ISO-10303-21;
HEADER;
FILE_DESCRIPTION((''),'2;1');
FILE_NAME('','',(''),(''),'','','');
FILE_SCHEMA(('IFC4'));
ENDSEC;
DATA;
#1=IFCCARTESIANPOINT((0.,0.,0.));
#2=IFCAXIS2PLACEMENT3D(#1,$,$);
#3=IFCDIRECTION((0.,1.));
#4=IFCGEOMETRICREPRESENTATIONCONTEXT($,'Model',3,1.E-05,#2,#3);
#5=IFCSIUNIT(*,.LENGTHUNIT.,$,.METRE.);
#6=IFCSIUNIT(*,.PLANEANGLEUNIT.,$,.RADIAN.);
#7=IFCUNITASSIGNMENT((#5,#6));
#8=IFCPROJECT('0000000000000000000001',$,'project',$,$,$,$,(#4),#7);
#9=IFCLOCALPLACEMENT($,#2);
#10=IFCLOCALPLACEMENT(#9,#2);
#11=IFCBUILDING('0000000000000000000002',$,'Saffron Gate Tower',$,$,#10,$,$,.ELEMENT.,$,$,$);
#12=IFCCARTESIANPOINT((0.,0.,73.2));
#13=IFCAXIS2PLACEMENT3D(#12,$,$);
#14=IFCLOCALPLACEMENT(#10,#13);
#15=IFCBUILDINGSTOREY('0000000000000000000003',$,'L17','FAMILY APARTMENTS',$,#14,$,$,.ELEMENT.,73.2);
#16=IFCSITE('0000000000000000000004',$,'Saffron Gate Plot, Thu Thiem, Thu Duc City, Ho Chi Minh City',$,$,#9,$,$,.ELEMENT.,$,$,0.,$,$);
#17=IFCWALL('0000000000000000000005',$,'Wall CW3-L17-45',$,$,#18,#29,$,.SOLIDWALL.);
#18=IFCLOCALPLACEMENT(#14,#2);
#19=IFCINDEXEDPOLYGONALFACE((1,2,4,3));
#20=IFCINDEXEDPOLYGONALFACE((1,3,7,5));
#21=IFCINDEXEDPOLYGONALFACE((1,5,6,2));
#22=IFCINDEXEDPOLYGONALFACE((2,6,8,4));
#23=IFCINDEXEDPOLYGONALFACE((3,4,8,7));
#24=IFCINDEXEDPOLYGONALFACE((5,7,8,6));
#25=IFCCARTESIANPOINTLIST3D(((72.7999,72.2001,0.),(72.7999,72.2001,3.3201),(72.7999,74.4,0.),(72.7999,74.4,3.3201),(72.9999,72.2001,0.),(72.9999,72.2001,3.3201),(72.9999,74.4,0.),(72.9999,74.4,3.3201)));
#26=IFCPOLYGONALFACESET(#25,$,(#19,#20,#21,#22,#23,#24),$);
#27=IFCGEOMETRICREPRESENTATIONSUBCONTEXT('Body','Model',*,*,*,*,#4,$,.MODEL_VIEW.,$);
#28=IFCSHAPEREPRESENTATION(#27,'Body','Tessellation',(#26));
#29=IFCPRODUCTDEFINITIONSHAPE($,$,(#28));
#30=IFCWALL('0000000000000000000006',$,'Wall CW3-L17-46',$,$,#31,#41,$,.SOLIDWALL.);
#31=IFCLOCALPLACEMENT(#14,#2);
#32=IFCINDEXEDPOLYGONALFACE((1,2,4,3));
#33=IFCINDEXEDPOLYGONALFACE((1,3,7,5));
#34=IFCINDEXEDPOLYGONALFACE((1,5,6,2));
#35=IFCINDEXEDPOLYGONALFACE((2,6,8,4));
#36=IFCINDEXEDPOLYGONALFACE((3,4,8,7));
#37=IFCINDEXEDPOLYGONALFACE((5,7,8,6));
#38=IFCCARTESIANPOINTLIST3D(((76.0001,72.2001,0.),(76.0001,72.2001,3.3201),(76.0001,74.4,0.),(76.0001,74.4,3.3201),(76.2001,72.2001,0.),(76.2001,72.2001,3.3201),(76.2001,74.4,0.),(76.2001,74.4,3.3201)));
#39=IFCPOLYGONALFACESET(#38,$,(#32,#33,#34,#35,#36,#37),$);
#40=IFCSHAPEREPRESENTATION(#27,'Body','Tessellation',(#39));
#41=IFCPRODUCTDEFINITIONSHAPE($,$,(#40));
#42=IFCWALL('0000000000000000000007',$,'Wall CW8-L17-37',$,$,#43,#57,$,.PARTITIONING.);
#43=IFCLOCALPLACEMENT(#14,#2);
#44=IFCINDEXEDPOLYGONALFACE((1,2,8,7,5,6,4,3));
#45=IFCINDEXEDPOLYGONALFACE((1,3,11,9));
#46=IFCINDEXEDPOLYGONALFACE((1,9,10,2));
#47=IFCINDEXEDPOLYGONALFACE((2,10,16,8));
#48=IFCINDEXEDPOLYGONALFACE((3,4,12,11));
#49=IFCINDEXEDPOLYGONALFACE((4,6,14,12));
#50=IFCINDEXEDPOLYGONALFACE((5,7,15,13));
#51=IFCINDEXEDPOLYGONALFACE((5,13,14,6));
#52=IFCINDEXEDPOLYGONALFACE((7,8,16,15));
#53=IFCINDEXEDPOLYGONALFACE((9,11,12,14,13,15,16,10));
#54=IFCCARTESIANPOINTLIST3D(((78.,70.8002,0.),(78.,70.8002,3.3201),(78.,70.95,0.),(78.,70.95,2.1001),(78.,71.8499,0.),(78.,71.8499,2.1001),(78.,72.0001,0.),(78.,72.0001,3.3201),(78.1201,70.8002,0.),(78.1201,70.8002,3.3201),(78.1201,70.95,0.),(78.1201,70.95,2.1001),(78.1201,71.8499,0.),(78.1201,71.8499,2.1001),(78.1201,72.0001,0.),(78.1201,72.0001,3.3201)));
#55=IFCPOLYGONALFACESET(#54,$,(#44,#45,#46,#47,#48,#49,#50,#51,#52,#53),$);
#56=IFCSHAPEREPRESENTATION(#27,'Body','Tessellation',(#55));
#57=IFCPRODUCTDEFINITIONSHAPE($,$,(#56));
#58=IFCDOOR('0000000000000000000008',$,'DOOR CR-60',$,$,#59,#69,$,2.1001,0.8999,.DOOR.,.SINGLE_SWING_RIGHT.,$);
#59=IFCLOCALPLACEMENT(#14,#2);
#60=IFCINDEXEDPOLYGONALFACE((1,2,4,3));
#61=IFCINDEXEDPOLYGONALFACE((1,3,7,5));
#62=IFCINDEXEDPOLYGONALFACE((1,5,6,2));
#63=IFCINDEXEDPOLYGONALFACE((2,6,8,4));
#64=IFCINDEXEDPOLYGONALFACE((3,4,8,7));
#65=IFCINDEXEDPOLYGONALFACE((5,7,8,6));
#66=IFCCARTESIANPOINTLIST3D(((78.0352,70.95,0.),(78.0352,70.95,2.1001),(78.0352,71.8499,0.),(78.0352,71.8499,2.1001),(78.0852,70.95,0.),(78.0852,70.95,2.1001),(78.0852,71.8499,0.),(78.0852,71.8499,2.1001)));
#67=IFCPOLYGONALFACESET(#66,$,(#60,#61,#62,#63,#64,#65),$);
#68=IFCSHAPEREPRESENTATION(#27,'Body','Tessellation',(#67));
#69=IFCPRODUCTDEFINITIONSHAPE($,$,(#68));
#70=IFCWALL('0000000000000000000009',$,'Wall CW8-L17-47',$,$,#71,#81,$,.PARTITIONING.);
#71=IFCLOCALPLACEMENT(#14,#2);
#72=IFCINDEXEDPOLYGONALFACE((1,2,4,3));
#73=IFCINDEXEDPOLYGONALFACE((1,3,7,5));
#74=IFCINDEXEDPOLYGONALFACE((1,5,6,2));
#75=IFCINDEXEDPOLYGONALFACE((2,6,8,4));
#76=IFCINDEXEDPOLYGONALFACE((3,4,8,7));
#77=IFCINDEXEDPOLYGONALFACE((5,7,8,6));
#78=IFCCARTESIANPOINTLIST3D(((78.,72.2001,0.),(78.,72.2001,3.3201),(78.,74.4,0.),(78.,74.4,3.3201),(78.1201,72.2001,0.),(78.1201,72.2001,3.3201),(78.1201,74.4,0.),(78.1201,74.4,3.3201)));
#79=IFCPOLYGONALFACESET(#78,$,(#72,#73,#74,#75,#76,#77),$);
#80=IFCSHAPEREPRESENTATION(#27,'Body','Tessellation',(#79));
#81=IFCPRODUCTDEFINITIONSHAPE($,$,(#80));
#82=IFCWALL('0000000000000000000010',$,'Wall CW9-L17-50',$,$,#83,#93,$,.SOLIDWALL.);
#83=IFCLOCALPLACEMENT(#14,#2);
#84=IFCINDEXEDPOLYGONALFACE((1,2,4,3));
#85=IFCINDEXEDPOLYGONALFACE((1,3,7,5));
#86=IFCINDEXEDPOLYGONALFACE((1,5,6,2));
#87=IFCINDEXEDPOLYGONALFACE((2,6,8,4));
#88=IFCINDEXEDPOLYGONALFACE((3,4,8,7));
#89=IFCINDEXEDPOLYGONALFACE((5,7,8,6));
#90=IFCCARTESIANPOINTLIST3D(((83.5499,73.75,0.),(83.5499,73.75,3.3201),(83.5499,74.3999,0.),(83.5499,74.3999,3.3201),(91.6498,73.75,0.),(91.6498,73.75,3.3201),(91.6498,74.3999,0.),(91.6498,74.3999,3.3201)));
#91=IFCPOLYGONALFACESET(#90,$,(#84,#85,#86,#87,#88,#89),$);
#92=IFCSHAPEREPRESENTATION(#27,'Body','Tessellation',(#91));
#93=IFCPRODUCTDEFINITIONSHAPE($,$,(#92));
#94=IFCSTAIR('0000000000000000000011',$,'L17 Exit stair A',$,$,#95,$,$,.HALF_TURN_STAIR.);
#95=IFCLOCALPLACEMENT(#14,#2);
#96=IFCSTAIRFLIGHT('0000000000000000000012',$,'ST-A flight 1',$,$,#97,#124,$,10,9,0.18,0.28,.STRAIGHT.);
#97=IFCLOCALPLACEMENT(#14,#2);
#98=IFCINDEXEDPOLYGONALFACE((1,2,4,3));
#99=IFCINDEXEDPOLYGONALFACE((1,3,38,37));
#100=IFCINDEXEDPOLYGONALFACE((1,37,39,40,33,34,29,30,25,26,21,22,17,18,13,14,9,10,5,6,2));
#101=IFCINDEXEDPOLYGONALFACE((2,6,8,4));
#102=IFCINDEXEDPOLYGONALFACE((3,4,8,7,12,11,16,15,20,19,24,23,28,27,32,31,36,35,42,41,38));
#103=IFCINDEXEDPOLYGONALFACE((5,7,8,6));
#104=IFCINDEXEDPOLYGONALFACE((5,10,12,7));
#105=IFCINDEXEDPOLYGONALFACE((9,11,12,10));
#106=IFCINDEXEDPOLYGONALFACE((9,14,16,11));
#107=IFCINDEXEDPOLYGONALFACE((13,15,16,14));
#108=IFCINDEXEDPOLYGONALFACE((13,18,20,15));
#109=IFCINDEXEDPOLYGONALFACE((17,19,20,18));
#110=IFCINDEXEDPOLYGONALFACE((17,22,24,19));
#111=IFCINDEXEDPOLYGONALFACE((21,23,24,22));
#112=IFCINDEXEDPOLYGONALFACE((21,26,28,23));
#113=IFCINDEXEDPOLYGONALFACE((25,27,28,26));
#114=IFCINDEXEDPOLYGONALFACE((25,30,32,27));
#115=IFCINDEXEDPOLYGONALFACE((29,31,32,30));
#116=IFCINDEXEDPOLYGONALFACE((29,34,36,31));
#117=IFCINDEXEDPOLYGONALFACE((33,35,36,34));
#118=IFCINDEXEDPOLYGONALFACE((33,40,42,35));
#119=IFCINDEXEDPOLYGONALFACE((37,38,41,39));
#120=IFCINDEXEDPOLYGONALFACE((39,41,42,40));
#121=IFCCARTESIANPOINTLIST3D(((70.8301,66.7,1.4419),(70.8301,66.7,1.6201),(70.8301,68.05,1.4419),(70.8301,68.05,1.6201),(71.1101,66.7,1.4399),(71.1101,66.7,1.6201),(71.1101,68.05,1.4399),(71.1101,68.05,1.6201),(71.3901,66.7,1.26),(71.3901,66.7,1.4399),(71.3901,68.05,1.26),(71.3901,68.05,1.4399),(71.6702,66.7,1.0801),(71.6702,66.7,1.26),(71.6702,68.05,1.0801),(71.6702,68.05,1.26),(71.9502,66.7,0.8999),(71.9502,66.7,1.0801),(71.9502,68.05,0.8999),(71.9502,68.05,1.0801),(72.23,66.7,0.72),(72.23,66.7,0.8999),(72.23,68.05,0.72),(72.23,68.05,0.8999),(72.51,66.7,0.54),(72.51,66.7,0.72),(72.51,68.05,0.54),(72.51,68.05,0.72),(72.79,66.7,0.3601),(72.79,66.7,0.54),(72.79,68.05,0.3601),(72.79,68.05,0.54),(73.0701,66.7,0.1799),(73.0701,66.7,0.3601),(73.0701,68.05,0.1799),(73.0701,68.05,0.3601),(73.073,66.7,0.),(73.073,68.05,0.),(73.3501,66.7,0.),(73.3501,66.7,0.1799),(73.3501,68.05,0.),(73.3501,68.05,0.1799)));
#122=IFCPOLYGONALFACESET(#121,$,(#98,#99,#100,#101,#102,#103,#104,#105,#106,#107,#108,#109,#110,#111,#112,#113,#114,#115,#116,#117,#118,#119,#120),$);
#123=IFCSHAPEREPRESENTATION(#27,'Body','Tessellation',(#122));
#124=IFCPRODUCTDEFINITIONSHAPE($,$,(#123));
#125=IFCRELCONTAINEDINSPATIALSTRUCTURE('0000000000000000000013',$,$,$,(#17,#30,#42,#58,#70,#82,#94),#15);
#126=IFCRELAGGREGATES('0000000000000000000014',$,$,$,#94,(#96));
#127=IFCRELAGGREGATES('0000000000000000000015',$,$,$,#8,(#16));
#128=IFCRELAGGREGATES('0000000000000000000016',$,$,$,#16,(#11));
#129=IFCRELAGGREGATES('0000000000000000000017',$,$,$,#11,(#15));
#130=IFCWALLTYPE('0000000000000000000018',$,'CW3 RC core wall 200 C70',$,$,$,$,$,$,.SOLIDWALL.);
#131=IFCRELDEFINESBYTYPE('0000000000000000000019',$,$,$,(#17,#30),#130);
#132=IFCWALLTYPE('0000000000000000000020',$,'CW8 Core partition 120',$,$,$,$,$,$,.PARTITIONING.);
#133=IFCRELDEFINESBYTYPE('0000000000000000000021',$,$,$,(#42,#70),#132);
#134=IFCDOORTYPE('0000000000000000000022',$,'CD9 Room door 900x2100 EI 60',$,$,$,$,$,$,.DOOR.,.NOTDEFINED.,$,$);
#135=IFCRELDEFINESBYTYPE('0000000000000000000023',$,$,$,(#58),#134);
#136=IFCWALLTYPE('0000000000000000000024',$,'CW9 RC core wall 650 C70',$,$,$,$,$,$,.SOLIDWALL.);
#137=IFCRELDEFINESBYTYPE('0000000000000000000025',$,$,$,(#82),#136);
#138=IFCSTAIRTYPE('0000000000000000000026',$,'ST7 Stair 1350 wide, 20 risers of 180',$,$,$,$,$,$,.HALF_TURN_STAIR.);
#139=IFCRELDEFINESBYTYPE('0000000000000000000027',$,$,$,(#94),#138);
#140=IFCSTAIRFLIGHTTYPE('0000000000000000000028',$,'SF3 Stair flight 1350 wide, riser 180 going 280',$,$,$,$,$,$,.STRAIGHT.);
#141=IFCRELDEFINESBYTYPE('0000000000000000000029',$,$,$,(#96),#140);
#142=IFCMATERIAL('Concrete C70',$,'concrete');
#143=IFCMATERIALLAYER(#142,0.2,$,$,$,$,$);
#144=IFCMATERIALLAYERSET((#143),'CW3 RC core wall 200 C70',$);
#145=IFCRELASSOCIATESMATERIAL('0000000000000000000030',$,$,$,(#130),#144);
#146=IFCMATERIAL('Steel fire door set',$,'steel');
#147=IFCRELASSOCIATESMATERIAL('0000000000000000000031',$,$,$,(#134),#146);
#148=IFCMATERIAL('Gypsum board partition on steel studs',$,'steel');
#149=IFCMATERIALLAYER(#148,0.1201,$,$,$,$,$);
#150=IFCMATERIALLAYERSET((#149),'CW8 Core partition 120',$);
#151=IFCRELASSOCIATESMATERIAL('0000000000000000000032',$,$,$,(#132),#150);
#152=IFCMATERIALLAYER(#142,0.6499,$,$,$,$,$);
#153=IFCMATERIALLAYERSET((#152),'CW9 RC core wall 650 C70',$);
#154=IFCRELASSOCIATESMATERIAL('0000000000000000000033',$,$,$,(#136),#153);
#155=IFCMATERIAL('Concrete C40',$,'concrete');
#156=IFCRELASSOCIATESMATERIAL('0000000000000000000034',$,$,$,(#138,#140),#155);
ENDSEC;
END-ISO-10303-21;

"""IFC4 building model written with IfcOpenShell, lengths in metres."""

from ifc_helpers import new_model, si_unit, direction, frame, frame_2d, origin, place, context, subcontext, project, spatial, polyline, rectangle, outline, extrude, material, layer, layer_set, type_object, element, fill, aggregate, save


model = new_model("IFC4")

# Units and contexts
model_context = context("Model", 3, precision=1e-05, world=origin(), true_north=direction((0.0, 1.0)))
body_context = subcontext(model_context, "Body", "Model", "MODEL_VIEW")
ifc_project = project(units=[si_unit("LENGTHUNIT", "METRE"), si_unit("PLANEANGLEUNIT", "RADIAN")], contexts=[model_context])

# Site, building, storey
site_placement = place(None, origin())
site = spatial("IfcSite", under=ifc_project, at=site_placement, Name="Saffron Gate Plot, Thu Thiem, Thu Duc City, Ho Chi Minh City", CompositionType="ELEMENT", RefElevation=0.0)
building_placement = place(site_placement, origin())
building = spatial("IfcBuilding", under=site, at=building_placement, Name="Saffron Gate Tower", CompositionType="ELEMENT")
storey_placement = place(building_placement, frame((0.0, 0.0, 73.2)))
storey = spatial("IfcBuildingStorey", under=building, at=storey_placement, Name="L17", Description="FAMILY APARTMENTS", CompositionType="ELEMENT", Elevation=73.2)

# Shared definitions
ifc_material_1 = material(Name="Concrete C70", Category="concrete")

# Shared definitions
ifc_layer_1 = layer(ifc_material_1, 0.2)
ifc_layer_set_1 = layer_set([ifc_layer_1], Name="CW3 RC core wall 200 C70")
wall_type_1 = type_object("IfcWallType", Name="CW3 RC core wall 200 C70", PredefinedType="SOLIDWALL", material=ifc_layer_set_1)
ifc_material_2 = material(Name="Steel fire door set", Category="steel")
door_type_1 = type_object("IfcDoorType", Name="CD9 Room door 900x2100 EI 60", OperationType="NOTDEFINED", PredefinedType="DOOR", material=ifc_material_2)

# Walls
for number, where, z_axis, x_axis, name in (
    (1, (72.8999, 72.2, 0.0), (0.0, 0.0, 1.0), (0.0, 1.0, 0.0), "Wall CW3-L17-45"),
    (2, (76.1001, 72.2, 0.0), (0.0, 0.0, 1.0), (0.0, 1.0, 0.0), "Wall CW3-L17-46"),
):
    element("IfcWall", number, at=place(storey_placement, frame(where, z_axis=z_axis, x_axis=x_axis)), inside=storey, type_object=wall_type_1, Name=name, PredefinedType="SOLIDWALL", context=body_context, shape_type="SweptSolid", body=[
        extrude(rectangle(XDim=2.2, YDim=0.2, at=frame_2d((1.1001, 0.0))), origin(), (0.0, 0.0, 1.0), 3.3201),
    ])

# Wall, opening, door
ifc_material_3 = material(Name="Gypsum board partition on steel studs", Category="steel")
ifc_layer_2 = layer(ifc_material_3, 0.1201)
ifc_layer_set_2 = layer_set([ifc_layer_2], Name="CW8 Core partition 120")
wall_type_2 = type_object("IfcWallType", Name="CW8 Core partition 120", PredefinedType="PARTITIONING", material=ifc_layer_set_2)
wall_1_placement = place(storey_placement, frame((78.0601, 70.8, 0.0), z_axis=(0.0, 0.0, 1.0), x_axis=(0.0, 1.0, 0.0)))
wall_1 = element("IfcWall", 3, at=wall_1_placement, inside=storey, type_object=wall_type_2, Name="Wall CW8-L17-37", PredefinedType="PARTITIONING", context=body_context, shape_type="SweptSolid", body=[
    extrude(rectangle(XDim=1.2, YDim=0.1201, at=frame_2d((0.6001, 0.0))), origin(), (0.0, 0.0, 1.0), 3.3201),
])
opening_1_placement = place(wall_1_placement, frame((0.1499, 0.0, 0.0)))
opening_1 = element("IfcOpeningElement", 4, at=opening_1_placement, cuts=wall_1, PredefinedType="OPENING", context=body_context, shape_type="SweptSolid", body=[
    extrude(rectangle(XDim=0.8999, YDim=2.1001, at=frame_2d((0.45, 1.05))), frame((0.0, 0.0701, 0.0), z_axis=(0.0, -1.0, 0.0), x_axis=(1.0, 0.0, 0.0)), (0.0, 0.0, 1.0), 0.1401),
])
door_1_placement = place(opening_1_placement, origin())
door_1 = element("IfcDoor", 5, at=door_1_placement, inside=storey, type_object=door_type_1, Name="DOOR CR-60", OperationType="SINGLE_SWING_RIGHT", OverallHeight=2.1001, OverallWidth=0.8999, PredefinedType="DOOR", context=body_context, shape_type="SweptSolid", body=[
    extrude(rectangle(XDim=0.8999, YDim=2.1001, at=frame_2d((0.45, 1.05))), frame((0.0, 0.0249, 0.0), z_axis=(0.0, -1.0, 0.0), x_axis=(1.0, 0.0, 0.0)), (0.0, 0.0, 1.0), 0.05),
])
fill(opening_1, door_1)

# Walls
wall_2_placement = place(storey_placement, frame((78.0601, 72.2, 0.0), z_axis=(0.0, 0.0, 1.0), x_axis=(0.0, 1.0, 0.0)))
element("IfcWall", 6, at=wall_2_placement, inside=storey, type_object=wall_type_2, Name="Wall CW8-L17-47", PredefinedType="PARTITIONING", context=body_context, shape_type="SweptSolid", body=[
    extrude(rectangle(XDim=2.2, YDim=0.1201, at=frame_2d((1.1001, 0.0))), origin(), (0.0, 0.0, 1.0), 3.3201),
])
ifc_layer_3 = layer(ifc_material_1, 0.6499)
ifc_layer_set_3 = layer_set([ifc_layer_3], Name="CW9 RC core wall 650 C70")
wall_type_3 = type_object("IfcWallType", Name="CW9 RC core wall 650 C70", PredefinedType="SOLIDWALL", material=ifc_layer_set_3)
wall_3_placement = place(storey_placement, frame((83.55, 74.075, 0.0), z_axis=(0.0, 0.0, 1.0), x_axis=(1.0, 0.0, 0.0)))
element("IfcWall", 7, at=wall_3_placement, inside=storey, type_object=wall_type_3, Name="Wall CW9-L17-50", PredefinedType="SOLIDWALL", context=body_context, shape_type="SweptSolid", body=[
    extrude(rectangle(XDim=8.0999, YDim=0.6499, at=frame_2d((4.0498, 0.0))), origin(), (0.0, 0.0, 1.0), 3.3201),
])

# Stair, stair flight
ifc_material_4 = material(Name="Concrete C40", Category="concrete")
stair_type = type_object("IfcStairType", Name="ST7 Stair 1350 wide, 20 risers of 180", PredefinedType="HALF_TURN_STAIR", material=ifc_material_4)
stair_placement = place(storey_placement, origin())
stair = element("IfcStair", 8, at=stair_placement, inside=storey, type_object=stair_type, Name="L17 Exit stair A", PredefinedType="HALF_TURN_STAIR")
stair_flight_type = type_object("IfcStairFlightType", Name="SF3 Stair flight 1350 wide, riser 180 going 280", PredefinedType="STRAIGHT", material=ifc_material_4)
stair_flight_placement = place(storey_placement, frame((73.3501, 67.375, 0.0), z_axis=(0.0, 0.0, 1.0), x_axis=(-1.0, 0.0, 0.0)))
stair_flight = element("IfcStairFlight", 9, at=stair_flight_placement, type_object=stair_flight_type, Name="ST-A flight 1", NumberOfRisers=10, NumberOfTreads=9, PredefinedType="STRAIGHT", RiserHeight=0.18, TreadLength=0.28, context=body_context, shape_type="SweptSolid", body=[
    extrude(outline(polyline([(0.0, 0.0), (0.0, 0.1799), (0.28, 0.1799), (0.28, 0.3601), (0.5601, 0.3601), (0.5601, 0.54), (0.8401, 0.54), (0.8401, 0.72), (1.1201, 0.72), (1.1201, 0.8999), (1.3999, 0.8999), (1.3999, 1.0801), (1.6799, 1.0801), (1.6799, 1.26), (1.96, 1.26), (1.96, 1.4399), (2.24, 1.4399), (2.24, 1.6201), (2.52, 1.6201), (2.52, 1.8), (2.52, 1.4419), (0.2771, 0.0), (0.0, 0.0)])), frame((0.0, 0.675, 0.0), z_axis=(0.0, -1.0, 0.0), x_axis=(1.0, 0.0, 0.0)), (0.0, 0.0, 1.0), 1.3501),
])
aggregate(stair, [stair_flight])

save(model, "model.ifc")
